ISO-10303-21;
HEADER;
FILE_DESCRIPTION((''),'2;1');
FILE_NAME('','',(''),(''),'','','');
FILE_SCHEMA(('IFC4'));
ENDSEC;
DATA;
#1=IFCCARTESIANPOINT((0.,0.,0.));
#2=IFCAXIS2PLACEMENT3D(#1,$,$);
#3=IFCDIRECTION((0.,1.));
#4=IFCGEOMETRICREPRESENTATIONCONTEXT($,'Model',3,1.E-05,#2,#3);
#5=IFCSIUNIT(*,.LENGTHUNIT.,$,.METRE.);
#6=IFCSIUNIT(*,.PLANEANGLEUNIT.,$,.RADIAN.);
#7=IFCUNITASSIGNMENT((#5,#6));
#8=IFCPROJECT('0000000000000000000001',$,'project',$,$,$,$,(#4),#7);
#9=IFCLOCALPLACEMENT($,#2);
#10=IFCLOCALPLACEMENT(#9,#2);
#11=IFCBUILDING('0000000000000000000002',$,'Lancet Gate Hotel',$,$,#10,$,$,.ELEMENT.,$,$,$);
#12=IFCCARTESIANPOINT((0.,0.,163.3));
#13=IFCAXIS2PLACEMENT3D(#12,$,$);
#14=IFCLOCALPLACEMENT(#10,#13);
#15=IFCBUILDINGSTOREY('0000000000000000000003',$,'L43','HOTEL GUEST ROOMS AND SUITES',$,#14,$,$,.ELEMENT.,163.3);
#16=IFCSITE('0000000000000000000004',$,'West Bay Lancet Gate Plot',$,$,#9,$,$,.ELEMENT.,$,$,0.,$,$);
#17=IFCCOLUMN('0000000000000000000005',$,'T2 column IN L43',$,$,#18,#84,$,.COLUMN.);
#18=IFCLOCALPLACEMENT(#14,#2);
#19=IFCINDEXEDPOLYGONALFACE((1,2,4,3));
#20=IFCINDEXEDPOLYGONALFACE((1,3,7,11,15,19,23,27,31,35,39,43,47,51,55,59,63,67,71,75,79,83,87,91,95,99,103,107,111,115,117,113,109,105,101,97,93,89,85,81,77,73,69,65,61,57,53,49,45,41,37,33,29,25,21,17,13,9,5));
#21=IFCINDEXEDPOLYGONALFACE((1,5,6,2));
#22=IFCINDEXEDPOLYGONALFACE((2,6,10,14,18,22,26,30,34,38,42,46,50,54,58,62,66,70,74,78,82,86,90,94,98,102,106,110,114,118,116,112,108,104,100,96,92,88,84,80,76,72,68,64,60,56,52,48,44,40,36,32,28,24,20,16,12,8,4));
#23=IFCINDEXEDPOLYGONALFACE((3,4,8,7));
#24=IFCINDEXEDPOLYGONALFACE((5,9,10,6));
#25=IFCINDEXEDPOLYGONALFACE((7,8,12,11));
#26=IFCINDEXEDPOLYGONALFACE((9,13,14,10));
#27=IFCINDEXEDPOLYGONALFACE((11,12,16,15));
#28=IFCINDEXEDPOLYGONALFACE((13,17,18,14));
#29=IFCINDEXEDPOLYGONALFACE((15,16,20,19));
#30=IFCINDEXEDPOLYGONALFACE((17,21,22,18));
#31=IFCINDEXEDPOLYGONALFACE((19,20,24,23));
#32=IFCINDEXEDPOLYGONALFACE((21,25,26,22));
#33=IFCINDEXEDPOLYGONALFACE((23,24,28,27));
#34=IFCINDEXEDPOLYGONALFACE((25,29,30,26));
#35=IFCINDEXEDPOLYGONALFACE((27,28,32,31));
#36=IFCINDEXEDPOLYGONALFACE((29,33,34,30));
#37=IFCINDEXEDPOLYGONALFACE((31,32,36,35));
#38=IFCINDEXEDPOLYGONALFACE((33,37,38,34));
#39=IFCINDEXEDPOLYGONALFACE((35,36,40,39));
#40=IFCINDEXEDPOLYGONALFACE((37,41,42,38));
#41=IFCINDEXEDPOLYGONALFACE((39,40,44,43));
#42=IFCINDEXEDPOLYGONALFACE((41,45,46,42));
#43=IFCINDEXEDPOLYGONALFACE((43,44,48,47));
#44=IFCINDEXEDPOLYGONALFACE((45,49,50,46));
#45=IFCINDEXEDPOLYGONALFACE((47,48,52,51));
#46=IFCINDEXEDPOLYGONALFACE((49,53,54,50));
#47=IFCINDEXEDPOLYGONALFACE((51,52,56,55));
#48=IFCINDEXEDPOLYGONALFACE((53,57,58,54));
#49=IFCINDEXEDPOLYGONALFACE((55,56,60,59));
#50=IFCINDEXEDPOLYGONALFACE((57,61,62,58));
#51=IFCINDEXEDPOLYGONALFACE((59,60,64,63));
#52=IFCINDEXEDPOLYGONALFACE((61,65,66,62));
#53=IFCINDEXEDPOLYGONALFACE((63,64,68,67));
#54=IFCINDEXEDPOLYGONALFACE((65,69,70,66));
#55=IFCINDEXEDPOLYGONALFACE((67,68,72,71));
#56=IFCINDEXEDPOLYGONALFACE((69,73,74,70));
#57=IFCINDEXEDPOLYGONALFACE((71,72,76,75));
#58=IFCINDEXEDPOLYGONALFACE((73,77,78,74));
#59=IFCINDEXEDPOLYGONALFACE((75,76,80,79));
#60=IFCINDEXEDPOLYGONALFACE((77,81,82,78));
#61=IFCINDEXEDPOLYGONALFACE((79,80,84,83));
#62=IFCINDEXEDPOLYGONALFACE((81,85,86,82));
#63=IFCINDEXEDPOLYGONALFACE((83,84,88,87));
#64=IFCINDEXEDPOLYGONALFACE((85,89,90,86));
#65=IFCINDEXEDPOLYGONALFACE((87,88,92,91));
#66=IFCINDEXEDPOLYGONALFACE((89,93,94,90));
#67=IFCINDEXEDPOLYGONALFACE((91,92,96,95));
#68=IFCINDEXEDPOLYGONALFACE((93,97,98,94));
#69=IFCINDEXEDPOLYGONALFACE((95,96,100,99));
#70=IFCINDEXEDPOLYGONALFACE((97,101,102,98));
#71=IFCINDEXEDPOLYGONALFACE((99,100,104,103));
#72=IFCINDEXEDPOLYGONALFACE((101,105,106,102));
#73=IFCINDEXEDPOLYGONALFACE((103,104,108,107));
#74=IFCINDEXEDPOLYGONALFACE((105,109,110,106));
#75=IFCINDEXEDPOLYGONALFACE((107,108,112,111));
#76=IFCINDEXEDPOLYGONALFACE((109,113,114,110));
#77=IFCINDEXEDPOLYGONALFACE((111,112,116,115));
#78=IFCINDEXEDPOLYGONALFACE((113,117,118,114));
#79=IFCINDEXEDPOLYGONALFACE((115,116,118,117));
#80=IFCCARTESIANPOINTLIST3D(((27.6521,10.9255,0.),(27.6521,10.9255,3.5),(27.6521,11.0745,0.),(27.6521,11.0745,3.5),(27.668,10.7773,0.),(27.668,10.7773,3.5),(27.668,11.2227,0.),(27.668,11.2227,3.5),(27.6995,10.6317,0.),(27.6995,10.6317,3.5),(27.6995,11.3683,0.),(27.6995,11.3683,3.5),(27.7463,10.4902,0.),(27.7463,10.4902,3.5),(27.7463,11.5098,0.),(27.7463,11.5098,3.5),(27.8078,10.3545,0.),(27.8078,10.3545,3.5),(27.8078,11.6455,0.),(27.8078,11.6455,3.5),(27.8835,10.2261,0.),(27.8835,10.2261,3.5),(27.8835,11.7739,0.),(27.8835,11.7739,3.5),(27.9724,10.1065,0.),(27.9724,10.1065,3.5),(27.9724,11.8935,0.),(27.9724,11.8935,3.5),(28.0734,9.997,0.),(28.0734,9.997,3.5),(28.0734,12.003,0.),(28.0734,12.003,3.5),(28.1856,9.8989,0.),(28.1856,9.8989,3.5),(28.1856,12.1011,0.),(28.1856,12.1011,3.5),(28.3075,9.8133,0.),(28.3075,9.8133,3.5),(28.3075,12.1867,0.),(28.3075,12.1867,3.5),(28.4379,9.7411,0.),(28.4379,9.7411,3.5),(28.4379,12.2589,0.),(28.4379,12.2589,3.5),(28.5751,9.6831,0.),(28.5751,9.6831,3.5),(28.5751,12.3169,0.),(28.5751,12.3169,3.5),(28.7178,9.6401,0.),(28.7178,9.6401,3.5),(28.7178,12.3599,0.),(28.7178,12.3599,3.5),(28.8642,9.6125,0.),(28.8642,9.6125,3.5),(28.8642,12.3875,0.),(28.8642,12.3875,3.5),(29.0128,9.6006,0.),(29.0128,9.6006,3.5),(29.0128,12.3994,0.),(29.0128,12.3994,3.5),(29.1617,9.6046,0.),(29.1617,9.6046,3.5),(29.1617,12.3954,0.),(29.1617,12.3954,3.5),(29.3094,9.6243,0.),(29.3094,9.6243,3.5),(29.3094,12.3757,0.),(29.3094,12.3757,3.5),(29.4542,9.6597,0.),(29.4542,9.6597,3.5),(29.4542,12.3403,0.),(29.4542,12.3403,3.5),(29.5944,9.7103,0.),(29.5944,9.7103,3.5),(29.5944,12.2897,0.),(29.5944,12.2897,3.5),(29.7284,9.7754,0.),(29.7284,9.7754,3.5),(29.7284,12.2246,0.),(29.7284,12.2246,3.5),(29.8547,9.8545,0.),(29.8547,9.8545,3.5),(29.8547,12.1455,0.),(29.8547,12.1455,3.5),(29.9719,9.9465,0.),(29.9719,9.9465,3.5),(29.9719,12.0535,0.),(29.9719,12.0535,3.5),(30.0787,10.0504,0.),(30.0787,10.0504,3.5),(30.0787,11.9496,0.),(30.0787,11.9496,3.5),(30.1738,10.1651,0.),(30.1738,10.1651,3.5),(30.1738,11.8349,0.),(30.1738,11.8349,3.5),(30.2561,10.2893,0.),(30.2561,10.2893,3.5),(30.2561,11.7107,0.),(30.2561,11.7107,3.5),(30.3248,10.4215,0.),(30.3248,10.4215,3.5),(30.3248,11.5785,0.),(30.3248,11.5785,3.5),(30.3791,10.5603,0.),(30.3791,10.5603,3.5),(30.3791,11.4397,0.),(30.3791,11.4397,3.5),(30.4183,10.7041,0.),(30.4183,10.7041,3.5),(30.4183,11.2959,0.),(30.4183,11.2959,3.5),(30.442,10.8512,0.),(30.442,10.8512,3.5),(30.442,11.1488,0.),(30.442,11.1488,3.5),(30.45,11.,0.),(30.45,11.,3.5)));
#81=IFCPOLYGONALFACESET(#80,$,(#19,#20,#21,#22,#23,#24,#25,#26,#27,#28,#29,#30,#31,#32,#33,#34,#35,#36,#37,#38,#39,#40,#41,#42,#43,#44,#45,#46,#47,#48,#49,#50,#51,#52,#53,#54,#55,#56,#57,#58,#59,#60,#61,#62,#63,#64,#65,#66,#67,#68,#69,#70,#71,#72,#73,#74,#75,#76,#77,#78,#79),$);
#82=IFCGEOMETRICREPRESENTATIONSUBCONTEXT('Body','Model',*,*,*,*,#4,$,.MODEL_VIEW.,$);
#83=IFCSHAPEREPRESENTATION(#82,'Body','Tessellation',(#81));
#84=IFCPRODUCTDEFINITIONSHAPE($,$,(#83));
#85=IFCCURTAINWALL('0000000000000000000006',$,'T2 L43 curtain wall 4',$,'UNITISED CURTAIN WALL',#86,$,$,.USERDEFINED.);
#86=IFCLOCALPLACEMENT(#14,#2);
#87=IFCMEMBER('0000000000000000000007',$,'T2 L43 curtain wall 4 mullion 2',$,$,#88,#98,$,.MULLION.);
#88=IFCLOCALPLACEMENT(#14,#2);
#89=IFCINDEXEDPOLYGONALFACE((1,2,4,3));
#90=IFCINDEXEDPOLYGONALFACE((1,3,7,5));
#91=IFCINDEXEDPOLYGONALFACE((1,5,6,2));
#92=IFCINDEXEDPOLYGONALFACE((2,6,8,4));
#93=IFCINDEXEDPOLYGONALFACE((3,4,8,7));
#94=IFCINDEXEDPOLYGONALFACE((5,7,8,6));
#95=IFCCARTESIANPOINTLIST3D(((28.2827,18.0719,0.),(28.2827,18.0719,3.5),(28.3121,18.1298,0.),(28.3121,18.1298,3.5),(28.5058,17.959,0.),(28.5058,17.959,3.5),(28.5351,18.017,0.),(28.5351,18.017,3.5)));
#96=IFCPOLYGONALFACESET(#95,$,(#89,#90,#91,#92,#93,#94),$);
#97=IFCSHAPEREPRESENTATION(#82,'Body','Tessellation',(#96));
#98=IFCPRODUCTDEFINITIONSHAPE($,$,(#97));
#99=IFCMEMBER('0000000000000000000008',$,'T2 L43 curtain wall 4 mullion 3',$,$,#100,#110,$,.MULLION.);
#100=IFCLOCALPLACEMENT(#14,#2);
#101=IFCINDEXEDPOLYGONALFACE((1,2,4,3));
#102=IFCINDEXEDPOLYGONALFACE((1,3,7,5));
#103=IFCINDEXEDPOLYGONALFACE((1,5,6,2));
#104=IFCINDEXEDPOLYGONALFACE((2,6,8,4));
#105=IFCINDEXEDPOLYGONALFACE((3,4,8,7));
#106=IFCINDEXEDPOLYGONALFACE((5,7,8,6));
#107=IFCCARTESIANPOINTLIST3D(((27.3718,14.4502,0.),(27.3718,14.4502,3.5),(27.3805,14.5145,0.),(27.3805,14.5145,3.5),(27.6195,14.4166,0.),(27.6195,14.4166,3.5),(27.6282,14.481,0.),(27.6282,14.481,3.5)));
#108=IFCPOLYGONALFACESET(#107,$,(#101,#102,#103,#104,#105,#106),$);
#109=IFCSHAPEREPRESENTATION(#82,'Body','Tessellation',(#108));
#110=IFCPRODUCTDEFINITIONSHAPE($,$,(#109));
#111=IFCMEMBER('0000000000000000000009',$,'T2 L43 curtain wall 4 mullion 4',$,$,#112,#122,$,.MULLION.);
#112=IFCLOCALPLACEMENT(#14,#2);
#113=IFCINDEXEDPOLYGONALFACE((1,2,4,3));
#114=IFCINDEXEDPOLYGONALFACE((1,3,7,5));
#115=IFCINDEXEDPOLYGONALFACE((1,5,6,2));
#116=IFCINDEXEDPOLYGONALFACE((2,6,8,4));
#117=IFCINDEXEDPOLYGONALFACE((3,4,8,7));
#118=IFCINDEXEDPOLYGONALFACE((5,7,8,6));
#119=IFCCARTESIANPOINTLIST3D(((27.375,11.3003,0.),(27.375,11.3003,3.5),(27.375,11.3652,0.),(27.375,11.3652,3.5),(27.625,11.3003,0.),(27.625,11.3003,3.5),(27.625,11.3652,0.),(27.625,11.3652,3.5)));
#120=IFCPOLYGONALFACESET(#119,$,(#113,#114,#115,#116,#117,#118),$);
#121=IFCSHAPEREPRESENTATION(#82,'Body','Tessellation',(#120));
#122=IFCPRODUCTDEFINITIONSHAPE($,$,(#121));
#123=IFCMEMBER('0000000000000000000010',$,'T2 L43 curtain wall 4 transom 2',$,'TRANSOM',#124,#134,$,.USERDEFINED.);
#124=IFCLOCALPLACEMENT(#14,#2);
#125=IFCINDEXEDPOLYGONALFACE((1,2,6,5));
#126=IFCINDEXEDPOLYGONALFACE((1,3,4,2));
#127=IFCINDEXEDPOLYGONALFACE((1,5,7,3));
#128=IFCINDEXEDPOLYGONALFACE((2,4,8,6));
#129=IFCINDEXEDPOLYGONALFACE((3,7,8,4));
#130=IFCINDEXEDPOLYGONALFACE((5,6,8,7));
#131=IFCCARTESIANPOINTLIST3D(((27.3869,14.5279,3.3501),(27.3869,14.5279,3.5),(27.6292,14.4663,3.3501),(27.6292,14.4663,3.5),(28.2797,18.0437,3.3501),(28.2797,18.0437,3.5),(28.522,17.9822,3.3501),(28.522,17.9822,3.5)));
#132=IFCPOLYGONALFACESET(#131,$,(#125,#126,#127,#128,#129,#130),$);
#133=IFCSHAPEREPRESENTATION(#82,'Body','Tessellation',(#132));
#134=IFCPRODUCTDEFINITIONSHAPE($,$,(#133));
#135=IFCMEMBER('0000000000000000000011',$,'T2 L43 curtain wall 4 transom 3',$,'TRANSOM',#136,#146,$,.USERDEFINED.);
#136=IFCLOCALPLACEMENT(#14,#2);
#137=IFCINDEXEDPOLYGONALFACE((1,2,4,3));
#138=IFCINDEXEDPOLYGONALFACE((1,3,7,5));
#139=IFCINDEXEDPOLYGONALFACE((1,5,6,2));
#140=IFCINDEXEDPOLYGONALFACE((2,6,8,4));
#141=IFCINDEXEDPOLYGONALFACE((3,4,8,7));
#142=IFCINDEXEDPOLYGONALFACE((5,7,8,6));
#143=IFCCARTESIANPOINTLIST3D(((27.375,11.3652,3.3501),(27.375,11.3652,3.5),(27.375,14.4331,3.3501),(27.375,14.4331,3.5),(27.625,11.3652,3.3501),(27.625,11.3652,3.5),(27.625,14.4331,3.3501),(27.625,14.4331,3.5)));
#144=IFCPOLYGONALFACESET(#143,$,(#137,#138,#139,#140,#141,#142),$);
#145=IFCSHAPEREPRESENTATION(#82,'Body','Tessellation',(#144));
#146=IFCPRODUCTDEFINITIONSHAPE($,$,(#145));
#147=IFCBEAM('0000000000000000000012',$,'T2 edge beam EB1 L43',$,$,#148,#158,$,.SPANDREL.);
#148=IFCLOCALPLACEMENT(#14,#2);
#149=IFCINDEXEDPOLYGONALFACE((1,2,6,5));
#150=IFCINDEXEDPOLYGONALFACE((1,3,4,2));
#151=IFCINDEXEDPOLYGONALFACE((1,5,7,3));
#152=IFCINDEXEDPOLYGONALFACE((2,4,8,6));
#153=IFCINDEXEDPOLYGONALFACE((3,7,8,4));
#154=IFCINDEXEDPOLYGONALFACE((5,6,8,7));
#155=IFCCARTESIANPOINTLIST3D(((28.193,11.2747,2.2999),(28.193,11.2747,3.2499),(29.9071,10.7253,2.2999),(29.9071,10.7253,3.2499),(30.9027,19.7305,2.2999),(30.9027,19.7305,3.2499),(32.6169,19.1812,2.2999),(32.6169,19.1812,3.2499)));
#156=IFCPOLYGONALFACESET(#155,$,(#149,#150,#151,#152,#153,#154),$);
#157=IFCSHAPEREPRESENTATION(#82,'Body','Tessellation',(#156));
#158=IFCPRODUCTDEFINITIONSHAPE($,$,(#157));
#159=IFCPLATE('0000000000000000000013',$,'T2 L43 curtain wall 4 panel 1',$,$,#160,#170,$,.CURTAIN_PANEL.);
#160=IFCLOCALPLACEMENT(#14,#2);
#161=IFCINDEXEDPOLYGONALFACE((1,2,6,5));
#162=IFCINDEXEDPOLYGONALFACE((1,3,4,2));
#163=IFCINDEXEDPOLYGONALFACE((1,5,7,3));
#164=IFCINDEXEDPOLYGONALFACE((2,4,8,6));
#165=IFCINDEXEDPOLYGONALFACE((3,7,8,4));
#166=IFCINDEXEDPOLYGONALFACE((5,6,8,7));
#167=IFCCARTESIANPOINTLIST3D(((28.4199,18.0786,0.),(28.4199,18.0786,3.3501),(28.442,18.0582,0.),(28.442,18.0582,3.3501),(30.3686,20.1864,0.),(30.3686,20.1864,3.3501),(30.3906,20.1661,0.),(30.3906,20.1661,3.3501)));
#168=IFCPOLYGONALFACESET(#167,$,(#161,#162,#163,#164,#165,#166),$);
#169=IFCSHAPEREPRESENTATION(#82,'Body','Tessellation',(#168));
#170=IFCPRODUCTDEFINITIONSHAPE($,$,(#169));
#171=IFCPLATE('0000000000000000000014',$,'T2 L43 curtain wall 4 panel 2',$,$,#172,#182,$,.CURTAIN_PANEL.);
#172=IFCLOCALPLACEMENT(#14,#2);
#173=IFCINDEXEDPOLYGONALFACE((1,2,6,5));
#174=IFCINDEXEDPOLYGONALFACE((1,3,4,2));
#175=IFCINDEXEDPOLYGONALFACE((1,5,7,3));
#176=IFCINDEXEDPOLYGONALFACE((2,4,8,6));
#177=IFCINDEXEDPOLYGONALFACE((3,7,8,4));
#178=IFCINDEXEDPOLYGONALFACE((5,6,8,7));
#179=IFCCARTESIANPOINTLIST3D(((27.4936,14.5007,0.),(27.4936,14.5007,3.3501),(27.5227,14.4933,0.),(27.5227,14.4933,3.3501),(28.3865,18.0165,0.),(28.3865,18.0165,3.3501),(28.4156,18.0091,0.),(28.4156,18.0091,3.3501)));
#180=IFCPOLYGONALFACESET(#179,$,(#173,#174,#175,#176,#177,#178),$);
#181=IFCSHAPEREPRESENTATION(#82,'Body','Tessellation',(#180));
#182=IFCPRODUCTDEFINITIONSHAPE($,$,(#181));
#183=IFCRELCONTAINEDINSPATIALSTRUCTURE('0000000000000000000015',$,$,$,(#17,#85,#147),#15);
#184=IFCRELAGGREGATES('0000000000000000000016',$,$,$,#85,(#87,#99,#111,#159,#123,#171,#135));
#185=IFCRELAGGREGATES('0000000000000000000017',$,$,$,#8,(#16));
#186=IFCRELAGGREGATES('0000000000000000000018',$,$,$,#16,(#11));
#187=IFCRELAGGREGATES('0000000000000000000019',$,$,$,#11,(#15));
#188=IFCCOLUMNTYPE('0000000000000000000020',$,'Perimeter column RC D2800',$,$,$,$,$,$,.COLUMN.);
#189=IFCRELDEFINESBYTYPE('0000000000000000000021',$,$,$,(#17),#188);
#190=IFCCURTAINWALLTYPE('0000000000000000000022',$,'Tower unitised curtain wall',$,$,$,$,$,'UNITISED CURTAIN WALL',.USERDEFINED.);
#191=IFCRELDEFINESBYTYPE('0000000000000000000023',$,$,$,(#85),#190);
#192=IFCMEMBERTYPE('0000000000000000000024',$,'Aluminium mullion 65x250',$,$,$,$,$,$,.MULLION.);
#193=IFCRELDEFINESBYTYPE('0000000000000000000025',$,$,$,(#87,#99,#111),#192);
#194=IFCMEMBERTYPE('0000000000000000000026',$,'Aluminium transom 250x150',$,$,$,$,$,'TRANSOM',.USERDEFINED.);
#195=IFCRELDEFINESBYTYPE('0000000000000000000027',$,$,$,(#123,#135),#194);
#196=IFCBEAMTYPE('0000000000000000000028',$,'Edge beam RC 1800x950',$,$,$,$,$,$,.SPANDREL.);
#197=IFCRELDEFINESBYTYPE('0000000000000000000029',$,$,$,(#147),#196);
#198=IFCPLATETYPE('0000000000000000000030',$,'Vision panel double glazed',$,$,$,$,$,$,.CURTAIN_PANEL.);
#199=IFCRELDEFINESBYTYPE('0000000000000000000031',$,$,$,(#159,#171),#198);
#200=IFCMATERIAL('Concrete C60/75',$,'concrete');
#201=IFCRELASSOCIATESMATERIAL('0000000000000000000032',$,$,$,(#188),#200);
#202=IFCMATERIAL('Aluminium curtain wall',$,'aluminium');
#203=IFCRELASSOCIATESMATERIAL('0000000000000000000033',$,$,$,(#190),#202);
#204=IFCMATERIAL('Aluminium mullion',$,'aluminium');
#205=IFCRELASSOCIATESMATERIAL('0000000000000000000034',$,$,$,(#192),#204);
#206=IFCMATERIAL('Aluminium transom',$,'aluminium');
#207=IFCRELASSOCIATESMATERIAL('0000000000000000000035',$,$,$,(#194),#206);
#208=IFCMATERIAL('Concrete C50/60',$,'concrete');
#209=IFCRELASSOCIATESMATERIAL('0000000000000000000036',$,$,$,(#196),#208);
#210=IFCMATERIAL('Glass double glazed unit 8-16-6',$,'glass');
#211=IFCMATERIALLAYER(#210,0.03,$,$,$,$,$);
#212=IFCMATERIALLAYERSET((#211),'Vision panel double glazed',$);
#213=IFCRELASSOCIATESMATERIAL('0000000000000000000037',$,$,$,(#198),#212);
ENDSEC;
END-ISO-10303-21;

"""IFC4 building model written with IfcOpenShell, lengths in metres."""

from ifc_helpers import new_model, si_unit, direction, frame, origin, origin_2d, place, context, subcontext, project, spatial, rectangle, circle, extrude, material, layer, layer_set, material_profile, profile_set, type_object, element, aggregate, save


model = new_model("IFC4")

# Units and contexts
model_context = context("Model", 3, precision=1e-05, world=origin(), true_north=direction((0.0, 1.0)))
body_context = subcontext(model_context, "Body", "Model", "MODEL_VIEW")
ifc_project = project(units=[si_unit("LENGTHUNIT", "METRE"), si_unit("PLANEANGLEUNIT", "RADIAN")], contexts=[model_context])

# Site, building, storey
site_placement = place(None, origin())
site = spatial("IfcSite", under=ifc_project, at=site_placement, Name="West Bay Lancet Gate Plot", CompositionType="ELEMENT", RefElevation=0.0)
building_placement = place(site_placement, origin())
building = spatial("IfcBuilding", under=site, at=building_placement, Name="Lancet Gate Hotel", CompositionType="ELEMENT")
storey_placement = place(building_placement, frame((0.0, 0.0, 163.3)))
storey = spatial("IfcBuildingStorey", under=building, at=storey_placement, Name="L43", Description="HOTEL GUEST ROOMS AND SUITES", CompositionType="ELEMENT", Elevation=163.3)

# Column
ifc_material_1 = material(Name="Concrete C60/75", Category="concrete")
ifc_material_profile_1 = material_profile(ifc_material_1, circle(Radius=1.3999, at=origin_2d()), Name="RC D2800")
ifc_profile_set_1 = profile_set([ifc_material_profile_1], Name="Concrete C60/75")
column_type = type_object("IfcColumnType", Name="Perimeter column RC D2800", PredefinedType="COLUMN", material=ifc_profile_set_1)
column_placement = place(storey_placement, frame((29.05, 11.0, 0.0), z_axis=(0.0, 0.0, 1.0), x_axis=(1.0, 0.0, 0.0)))
element("IfcColumn", 1, at=column_placement, inside=storey, type_object=column_type, Name="T2 column IN L43", PredefinedType="COLUMN", context=body_context, shape_type="SweptSolid", body=[
    extrude(circle(Radius=1.3999, at=origin_2d()), origin(), (0.0, 0.0, 1.0), 3.5),
])

# Curtain wall, members
ifc_material_2 = material(Name="Aluminium curtain wall", Category="aluminium")
curtain_wall_type = type_object("IfcCurtainWallType", Name="Tower unitised curtain wall", ElementType="UNITISED CURTAIN WALL", PredefinedType="USERDEFINED", material=ifc_material_2)
curtain_wall_placement = place(storey_placement, origin())
curtain_wall = element("IfcCurtainWall", 2, at=curtain_wall_placement, inside=storey, type_object=curtain_wall_type, Name="T2 L43 curtain wall 4", ObjectType="UNITISED CURTAIN WALL", PredefinedType="USERDEFINED")
ifc_material_3 = material(Name="Aluminium mullion", Category="aluminium")
ifc_material_profile_2 = material_profile(ifc_material_3, rectangle(XDim=0.0649, YDim=0.25, at=origin_2d()), Name="MULLION 65x250")
ifc_profile_set_2 = profile_set([ifc_material_profile_2], Name="Aluminium mullion")
member_type_1 = type_object("IfcMemberType", Name="Aluminium mullion 65x250", PredefinedType="MULLION", material=ifc_profile_set_2)
member_1_placement = place(storey_placement, frame((28.4089, 18.0444, 0.0), z_axis=(0.0, 0.0, 1.0), x_axis=(-0.451506, -0.892268, 0.0)))
member_1 = element("IfcMember", 3, at=member_1_placement, type_object=member_type_1, Name="T2 L43 curtain wall 4 mullion 2", PredefinedType="MULLION", context=body_context, shape_type="SweptSolid", body=[
    extrude(rectangle(XDim=0.0649, YDim=0.25, at=origin_2d()), origin(), (0.0, 0.0, 1.0), 3.5),
])
member_2_placement = place(storey_placement, frame((27.5, 14.4656, 0.0), z_axis=(0.0, 0.0, 1.0), x_axis=(-0.134207, -0.990953, 0.0)))
member_2 = element("IfcMember", 4, at=member_2_placement, type_object=member_type_1, Name="T2 L43 curtain wall 4 mullion 3", PredefinedType="MULLION", context=body_context, shape_type="SweptSolid", body=[
    extrude(rectangle(XDim=0.0649, YDim=0.25, at=origin_2d()), origin(), (0.0, 0.0, 1.0), 3.5),
])
member_3_placement = place(storey_placement, frame((27.5, 11.3328, 0.0), z_axis=(0.0, 0.0, 1.0), x_axis=(0.0, -1.0, 0.0)))
member_3 = element("IfcMember", 5, at=member_3_placement, type_object=member_type_1, Name="T2 L43 curtain wall 4 mullion 4", PredefinedType="MULLION", context=body_context, shape_type="SweptSolid", body=[
    extrude(rectangle(XDim=0.0649, YDim=0.25, at=origin_2d()), origin(), (0.0, 0.0, 1.0), 3.5),
])
ifc_material_4 = material(Name="Aluminium transom", Category="aluminium")
ifc_material_profile_3 = material_profile(ifc_material_4, rectangle(XDim=0.25, YDim=0.1499, at=origin_2d()), Name="TRANSOM 250x150")
ifc_profile_set_3 = profile_set([ifc_material_profile_3], Name="Aluminium transom")
member_type_2 = type_object("IfcMemberType", Name="Aluminium transom 250x150", ElementType="TRANSOM", PredefinedType="USERDEFINED", material=ifc_profile_set_3)
member_4_placement = place(storey_placement, frame((28.4009, 18.0129, 3.425), z_axis=(-0.246129, -0.969237, 0.0), x_axis=(0.969237, -0.246129, 0.0)))
member_4 = element("IfcMember", 6, at=member_4_placement, type_object=member_type_2, Name="T2 L43 curtain wall 4 transom 2", ObjectType="TRANSOM", PredefinedType="USERDEFINED", context=body_context, shape_type="SweptSolid", body=[
    extrude(rectangle(XDim=0.25, YDim=0.1499, at=origin_2d()), origin(), (0.0, 0.0, 1.0), 3.6274),
])
member_5_placement = place(storey_placement, frame((27.5, 14.4331, 3.425), z_axis=(0.0, -1.0, 0.0), x_axis=(1.0, 0.0, 0.0)))
member_5 = element("IfcMember", 7, at=member_5_placement, type_object=member_type_2, Name="T2 L43 curtain wall 4 transom 3", ObjectType="TRANSOM", PredefinedType="USERDEFINED", context=body_context, shape_type="SweptSolid", body=[
    extrude(rectangle(XDim=0.25, YDim=0.1499, at=origin_2d()), origin(), (0.0, 0.0, 1.0), 3.0679),
])

# Beam
ifc_material_5 = material(Name="Concrete C50/60", Category="concrete")
ifc_material_profile_4 = material_profile(ifc_material_5, rectangle(XDim=1.8, YDim=0.95, at=origin_2d()), Name="RC 1800x950")
ifc_profile_set_4 = profile_set([ifc_material_profile_4], Name="Concrete C50/60")
beam_type = type_object("IfcBeamType", Name="Edge beam RC 1800x950", PredefinedType="SPANDREL", material=ifc_profile_set_4)
beam_placement = place(storey_placement, frame((29.05, 11.0, 2.7749), z_axis=(0.30517, 0.952298, 0.0), x_axis=(-0.952298, 0.30517, 0.0)))
element("IfcBeam", 8, at=beam_placement, inside=storey, type_object=beam_type, Name="T2 edge beam EB1 L43", PredefinedType="SPANDREL", context=body_context, shape_type="SweptSolid", body=[
    extrude(rectangle(XDim=1.8, YDim=0.95, at=origin_2d()), origin(), (0.0, 0.0, 1.0), 8.8794),
])

# Plates
ifc_material_6 = material(Name="Glass double glazed unit 8-16-6", Category="glass")
ifc_layer_1 = layer(ifc_material_6, 0.03)
ifc_layer_set_1 = layer_set([ifc_layer_1], Name="Vision panel double glazed")
plate_type = type_object("IfcPlateType", Name="Vision panel double glazed", PredefinedType="CURTAIN_PANEL", material=ifc_layer_set_1)
plate_1_placement = place(storey_placement, frame((29.4053, 19.1223, 0.0), z_axis=(0.0, 0.0, 1.0), x_axis=(-0.678831, -0.734294, 0.0)))
plate_1 = element("IfcPlate", 9, at=plate_1_placement, type_object=plate_type, Name="T2 L43 curtain wall 4 panel 1", PredefinedType="CURTAIN_PANEL", context=body_context, shape_type="SweptSolid", body=[
    extrude(rectangle(XDim=2.8706, YDim=0.03, at=origin_2d()), origin(), (0.0, 0.0, 1.0), 3.3501),
])
plate_2_placement = place(storey_placement, frame((27.9546, 16.2549, 0.0), z_axis=(0.0, 0.0, 1.0), x_axis=(-0.246167, -0.969228, 0.0)))
plate_2 = element("IfcPlate", 10, at=plate_2_placement, type_object=plate_type, Name="T2 L43 curtain wall 4 panel 2", PredefinedType="CURTAIN_PANEL", context=body_context, shape_type="SweptSolid", body=[
    extrude(rectangle(XDim=3.6274, YDim=0.03, at=origin_2d()), origin(), (0.0, 0.0, 1.0), 3.3501),
])
aggregate(curtain_wall, [member_1, member_2, member_3, plate_1, member_4, plate_2, member_5])

save(model, "model.ifc")
